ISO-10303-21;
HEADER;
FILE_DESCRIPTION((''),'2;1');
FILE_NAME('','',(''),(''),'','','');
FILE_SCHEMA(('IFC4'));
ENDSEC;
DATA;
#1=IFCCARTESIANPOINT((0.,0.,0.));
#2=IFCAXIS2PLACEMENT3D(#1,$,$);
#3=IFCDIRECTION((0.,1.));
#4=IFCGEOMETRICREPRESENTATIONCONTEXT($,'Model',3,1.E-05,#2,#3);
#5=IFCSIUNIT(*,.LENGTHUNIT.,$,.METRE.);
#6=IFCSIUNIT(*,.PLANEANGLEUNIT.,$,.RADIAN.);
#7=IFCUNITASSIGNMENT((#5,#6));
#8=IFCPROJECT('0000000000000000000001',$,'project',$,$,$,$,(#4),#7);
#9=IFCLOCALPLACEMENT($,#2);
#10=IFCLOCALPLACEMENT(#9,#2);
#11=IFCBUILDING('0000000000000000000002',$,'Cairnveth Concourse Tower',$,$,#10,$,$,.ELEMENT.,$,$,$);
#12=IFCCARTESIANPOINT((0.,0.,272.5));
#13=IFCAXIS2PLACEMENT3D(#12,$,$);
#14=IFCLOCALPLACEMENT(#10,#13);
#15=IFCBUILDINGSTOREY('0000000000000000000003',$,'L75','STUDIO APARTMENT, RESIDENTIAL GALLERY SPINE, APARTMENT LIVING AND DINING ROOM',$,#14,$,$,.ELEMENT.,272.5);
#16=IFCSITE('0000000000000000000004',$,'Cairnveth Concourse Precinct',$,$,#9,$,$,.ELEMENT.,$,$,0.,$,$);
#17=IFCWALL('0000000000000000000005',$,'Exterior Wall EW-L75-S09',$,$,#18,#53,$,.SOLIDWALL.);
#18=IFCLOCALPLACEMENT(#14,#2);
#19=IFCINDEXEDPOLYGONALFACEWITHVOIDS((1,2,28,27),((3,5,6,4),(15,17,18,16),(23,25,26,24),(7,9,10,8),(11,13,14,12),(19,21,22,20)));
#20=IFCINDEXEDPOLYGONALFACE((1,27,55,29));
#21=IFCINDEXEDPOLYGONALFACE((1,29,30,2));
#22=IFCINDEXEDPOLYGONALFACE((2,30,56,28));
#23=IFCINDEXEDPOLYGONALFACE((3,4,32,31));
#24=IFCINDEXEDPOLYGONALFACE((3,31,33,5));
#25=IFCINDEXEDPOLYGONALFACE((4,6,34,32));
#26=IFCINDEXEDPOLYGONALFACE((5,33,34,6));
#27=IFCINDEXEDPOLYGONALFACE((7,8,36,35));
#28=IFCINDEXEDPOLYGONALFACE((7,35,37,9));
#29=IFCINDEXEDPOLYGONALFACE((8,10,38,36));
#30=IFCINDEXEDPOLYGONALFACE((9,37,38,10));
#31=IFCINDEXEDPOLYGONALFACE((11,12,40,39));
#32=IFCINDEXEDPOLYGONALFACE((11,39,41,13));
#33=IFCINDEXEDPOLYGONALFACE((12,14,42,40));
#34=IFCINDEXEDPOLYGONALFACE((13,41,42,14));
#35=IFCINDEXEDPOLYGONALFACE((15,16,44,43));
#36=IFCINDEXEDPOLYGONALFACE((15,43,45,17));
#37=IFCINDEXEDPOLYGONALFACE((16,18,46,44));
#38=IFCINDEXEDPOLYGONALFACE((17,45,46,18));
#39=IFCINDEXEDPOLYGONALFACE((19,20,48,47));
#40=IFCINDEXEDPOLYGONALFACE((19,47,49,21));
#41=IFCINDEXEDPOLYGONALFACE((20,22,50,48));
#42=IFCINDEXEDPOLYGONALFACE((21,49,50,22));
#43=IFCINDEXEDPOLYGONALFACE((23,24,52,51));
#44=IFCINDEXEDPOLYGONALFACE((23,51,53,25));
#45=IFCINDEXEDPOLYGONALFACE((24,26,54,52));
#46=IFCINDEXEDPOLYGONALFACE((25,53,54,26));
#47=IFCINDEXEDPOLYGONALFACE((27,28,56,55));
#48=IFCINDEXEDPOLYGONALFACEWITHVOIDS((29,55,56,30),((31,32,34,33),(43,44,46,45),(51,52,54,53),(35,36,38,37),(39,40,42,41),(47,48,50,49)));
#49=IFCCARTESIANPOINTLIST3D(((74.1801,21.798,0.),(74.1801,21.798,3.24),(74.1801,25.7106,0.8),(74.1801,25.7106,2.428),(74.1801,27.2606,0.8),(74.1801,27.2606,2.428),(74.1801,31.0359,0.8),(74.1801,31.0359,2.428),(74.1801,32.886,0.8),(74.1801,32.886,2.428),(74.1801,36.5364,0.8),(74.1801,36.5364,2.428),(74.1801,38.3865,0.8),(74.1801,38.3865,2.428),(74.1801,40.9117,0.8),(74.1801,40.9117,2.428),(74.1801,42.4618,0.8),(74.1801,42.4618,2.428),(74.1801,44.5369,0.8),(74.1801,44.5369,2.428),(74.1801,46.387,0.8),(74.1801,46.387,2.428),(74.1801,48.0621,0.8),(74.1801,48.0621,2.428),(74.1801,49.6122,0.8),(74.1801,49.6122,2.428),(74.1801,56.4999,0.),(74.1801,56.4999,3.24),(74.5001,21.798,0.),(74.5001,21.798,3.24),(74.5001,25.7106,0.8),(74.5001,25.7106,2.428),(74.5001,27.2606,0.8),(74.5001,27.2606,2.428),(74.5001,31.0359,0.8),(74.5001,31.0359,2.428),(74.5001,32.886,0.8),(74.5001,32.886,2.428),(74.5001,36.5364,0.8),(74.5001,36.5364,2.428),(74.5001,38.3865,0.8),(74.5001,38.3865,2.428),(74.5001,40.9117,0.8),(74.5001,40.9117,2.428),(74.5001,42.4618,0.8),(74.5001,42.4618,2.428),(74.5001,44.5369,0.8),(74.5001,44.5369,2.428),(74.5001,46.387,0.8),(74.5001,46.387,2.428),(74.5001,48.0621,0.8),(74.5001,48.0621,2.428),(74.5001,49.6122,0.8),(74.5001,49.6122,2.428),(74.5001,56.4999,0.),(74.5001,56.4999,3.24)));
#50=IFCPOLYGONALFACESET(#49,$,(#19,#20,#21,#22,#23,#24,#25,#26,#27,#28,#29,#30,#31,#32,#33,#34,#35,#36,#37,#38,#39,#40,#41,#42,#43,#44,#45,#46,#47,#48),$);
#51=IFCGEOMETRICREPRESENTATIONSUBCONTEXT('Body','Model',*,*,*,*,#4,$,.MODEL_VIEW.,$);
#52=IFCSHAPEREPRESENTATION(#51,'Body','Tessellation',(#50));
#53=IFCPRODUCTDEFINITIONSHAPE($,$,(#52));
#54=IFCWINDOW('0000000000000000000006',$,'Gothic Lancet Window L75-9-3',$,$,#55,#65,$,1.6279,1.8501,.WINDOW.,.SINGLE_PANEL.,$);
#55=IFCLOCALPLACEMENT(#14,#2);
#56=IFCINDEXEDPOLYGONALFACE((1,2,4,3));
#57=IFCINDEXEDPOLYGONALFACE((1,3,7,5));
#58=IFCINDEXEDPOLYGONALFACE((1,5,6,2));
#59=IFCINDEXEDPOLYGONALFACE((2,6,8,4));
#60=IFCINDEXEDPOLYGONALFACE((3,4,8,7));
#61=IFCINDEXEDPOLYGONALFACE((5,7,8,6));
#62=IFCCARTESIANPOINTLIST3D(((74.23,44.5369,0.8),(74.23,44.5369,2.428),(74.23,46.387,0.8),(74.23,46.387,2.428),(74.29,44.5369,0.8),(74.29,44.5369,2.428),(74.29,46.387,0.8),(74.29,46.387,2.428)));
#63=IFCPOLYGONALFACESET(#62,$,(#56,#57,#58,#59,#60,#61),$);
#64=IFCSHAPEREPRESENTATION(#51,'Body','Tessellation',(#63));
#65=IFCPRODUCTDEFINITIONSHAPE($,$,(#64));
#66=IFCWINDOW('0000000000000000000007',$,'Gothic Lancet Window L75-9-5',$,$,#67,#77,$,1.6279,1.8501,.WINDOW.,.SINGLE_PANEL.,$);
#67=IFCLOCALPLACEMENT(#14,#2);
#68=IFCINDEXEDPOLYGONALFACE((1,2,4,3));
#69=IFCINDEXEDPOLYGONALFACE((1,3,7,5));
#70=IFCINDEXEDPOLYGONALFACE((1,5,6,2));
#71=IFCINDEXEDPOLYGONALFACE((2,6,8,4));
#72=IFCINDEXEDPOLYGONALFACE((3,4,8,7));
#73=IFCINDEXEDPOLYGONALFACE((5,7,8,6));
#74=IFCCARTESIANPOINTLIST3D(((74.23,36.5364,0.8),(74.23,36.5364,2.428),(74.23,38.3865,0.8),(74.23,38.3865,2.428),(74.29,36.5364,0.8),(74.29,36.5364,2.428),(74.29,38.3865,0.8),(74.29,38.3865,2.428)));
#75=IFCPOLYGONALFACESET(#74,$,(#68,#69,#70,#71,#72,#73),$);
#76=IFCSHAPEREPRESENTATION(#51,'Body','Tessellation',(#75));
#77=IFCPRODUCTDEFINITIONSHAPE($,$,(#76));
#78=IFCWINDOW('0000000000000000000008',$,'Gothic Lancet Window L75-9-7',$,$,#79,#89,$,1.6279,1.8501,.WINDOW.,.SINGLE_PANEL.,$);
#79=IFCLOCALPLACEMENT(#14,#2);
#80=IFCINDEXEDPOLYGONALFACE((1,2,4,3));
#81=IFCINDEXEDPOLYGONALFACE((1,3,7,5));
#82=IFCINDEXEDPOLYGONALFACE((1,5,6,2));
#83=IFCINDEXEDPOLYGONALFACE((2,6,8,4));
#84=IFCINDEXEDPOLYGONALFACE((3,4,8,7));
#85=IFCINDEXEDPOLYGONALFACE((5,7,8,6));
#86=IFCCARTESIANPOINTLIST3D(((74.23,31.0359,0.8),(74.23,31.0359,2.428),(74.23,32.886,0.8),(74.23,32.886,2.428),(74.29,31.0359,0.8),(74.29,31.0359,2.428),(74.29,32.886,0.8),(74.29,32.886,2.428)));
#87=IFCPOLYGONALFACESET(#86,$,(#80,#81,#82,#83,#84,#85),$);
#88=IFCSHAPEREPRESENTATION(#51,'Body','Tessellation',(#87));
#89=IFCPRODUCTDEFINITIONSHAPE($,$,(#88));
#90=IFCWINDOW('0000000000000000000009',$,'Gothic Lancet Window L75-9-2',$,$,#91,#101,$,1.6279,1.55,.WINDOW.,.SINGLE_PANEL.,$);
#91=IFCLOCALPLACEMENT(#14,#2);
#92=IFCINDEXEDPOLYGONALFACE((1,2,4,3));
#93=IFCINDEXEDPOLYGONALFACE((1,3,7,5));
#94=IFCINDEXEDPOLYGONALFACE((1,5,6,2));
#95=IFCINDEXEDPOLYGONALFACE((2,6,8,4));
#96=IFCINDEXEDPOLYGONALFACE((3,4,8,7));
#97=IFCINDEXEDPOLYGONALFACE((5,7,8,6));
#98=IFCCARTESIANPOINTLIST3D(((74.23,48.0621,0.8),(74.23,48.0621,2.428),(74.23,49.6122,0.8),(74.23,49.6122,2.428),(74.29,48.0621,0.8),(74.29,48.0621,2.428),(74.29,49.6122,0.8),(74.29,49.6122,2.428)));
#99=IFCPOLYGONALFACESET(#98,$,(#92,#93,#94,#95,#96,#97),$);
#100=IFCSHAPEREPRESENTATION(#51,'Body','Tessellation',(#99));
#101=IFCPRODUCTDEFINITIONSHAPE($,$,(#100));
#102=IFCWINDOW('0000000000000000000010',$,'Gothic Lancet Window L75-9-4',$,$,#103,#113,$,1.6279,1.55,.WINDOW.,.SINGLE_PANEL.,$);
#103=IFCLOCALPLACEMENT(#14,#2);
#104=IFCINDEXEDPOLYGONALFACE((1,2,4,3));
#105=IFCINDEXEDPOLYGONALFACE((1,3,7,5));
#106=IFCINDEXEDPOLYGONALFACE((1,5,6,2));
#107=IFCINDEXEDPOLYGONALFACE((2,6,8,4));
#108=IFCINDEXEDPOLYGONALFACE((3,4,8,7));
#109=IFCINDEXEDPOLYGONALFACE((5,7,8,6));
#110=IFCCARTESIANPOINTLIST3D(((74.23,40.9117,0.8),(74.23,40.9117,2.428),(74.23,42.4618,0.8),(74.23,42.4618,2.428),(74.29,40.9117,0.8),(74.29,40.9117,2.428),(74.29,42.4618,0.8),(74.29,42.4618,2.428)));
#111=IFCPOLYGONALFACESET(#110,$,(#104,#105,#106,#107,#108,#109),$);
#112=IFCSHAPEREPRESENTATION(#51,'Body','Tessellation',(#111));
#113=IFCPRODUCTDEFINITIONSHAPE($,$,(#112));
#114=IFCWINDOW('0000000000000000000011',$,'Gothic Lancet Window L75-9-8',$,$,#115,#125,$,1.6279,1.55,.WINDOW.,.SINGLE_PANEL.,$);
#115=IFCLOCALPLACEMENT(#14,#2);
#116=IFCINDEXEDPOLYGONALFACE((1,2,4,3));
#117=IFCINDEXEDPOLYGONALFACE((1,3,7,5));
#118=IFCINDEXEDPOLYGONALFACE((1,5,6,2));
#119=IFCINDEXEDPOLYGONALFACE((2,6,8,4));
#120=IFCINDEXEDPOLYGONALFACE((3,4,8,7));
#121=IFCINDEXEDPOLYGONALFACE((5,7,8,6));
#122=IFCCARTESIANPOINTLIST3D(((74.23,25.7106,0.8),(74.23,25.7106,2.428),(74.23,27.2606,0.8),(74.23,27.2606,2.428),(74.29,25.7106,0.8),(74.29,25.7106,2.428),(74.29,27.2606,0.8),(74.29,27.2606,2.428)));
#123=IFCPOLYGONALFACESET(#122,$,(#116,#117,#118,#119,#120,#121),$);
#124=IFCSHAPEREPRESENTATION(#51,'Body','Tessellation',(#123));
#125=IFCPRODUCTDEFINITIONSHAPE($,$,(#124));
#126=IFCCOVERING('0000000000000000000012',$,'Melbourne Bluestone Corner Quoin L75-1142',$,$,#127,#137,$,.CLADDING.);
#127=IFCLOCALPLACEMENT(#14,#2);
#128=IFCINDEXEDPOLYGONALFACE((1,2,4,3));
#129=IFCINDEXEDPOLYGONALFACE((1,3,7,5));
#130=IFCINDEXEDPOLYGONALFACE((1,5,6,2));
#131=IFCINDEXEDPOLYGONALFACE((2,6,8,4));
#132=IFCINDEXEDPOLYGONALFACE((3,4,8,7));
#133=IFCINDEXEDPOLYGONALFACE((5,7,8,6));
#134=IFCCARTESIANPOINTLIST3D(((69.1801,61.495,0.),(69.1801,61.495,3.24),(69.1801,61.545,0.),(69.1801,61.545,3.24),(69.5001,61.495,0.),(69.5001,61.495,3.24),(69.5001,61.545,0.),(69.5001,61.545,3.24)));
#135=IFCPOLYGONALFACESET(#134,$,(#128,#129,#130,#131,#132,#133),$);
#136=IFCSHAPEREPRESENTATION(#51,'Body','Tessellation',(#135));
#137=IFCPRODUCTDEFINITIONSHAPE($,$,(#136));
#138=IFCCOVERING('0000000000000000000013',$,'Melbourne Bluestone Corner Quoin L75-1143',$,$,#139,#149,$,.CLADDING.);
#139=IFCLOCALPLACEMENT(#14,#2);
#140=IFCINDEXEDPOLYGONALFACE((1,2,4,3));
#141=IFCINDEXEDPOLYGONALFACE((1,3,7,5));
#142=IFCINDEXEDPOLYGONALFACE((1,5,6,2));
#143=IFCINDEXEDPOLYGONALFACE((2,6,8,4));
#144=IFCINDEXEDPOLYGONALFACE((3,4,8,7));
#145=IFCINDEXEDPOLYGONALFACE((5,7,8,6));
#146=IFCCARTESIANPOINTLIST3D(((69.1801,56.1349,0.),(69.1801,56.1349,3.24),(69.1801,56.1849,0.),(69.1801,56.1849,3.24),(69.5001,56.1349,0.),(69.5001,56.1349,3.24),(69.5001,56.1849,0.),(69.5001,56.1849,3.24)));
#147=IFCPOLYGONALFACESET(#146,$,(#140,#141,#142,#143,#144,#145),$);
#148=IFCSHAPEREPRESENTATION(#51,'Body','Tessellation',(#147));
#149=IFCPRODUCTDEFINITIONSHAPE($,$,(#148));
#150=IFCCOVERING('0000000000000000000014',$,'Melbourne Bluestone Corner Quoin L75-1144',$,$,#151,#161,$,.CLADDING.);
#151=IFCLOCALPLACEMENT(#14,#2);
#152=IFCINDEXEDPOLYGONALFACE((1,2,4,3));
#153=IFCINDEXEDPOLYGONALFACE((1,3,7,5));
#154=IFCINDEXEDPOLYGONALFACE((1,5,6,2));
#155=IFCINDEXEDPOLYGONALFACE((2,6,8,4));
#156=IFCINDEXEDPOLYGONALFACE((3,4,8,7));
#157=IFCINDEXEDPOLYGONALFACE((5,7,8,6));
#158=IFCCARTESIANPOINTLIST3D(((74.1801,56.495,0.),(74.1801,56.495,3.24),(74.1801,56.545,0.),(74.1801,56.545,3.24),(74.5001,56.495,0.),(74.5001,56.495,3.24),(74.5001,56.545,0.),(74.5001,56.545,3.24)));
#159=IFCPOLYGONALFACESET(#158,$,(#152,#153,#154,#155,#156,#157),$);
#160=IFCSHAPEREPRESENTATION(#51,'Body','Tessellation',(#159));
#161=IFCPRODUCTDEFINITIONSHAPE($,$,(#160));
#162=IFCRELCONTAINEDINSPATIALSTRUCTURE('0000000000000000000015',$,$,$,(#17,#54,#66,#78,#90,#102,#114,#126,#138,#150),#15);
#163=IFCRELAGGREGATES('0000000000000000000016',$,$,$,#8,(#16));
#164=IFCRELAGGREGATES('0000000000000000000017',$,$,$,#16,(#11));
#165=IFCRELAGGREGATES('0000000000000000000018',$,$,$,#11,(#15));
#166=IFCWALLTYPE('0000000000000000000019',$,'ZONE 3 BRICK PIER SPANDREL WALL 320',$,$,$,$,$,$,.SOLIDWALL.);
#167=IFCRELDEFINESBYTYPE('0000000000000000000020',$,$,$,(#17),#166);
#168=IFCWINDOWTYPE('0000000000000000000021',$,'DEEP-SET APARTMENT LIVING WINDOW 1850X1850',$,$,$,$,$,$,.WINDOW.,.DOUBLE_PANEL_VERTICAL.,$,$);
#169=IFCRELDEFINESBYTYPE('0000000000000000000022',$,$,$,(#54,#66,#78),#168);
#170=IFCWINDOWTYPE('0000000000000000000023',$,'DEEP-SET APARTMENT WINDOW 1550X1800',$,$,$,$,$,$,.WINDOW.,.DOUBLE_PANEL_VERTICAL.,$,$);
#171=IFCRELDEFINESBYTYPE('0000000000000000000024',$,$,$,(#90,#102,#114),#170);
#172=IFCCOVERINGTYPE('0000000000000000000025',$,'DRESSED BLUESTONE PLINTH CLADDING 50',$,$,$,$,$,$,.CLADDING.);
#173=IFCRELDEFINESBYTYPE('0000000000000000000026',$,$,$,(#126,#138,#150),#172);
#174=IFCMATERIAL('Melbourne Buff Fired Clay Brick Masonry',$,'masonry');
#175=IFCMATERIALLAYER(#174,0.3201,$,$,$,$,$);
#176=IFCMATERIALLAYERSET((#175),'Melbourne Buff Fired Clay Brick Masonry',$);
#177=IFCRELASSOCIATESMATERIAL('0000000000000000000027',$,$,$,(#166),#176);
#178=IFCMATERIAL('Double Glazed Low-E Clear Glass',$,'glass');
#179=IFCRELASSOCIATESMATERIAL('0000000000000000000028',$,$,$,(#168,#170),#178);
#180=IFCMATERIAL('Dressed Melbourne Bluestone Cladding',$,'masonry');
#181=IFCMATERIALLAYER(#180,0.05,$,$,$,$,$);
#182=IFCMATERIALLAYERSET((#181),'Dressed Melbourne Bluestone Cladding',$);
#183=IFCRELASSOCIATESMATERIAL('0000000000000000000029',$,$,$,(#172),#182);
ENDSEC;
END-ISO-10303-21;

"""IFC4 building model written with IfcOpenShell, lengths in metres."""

from ifc_helpers import new_model, si_unit, direction, frame, frame_2d, origin, place, context, subcontext, project, spatial, rectangle, extrude, material, layer, layer_set, type_object, element, fill, save


model = new_model("IFC4")

# Units and contexts
model_context = context("Model", 3, precision=1e-05, world=origin(), true_north=direction((0.0, 1.0)))
body_context = subcontext(model_context, "Body", "Model", "MODEL_VIEW")
ifc_project = project(units=[si_unit("LENGTHUNIT", "METRE"), si_unit("PLANEANGLEUNIT", "RADIAN")], contexts=[model_context])

# Site, building, storey
site_placement = place(None, origin())
site = spatial("IfcSite", under=ifc_project, at=site_placement, Name="Cairnveth Concourse Precinct", CompositionType="ELEMENT", RefElevation=0.0)
building_placement = place(site_placement, origin())
building = spatial("IfcBuilding", under=site, at=building_placement, Name="Cairnveth Concourse Tower", CompositionType="ELEMENT")
storey_placement = place(building_placement, frame((0.0, 0.0, 272.5)))
storey = spatial("IfcBuildingStorey", under=building, at=storey_placement, Name="L75", Description="STUDIO APARTMENT, RESIDENTIAL GALLERY SPINE, APARTMENT LIVING AND DINING ROOM", CompositionType="ELEMENT", Elevation=272.5)

# Shared definitions
ifc_material_1 = material(Name="Melbourne Buff Fired Clay Brick Masonry", Category="masonry")
ifc_layer_1 = layer(ifc_material_1, 0.3201)
ifc_layer_set_1 = layer_set([ifc_layer_1], Name="Melbourne Buff Fired Clay Brick Masonry")
wall_type = type_object("IfcWallType", Name="ZONE 3 BRICK PIER SPANDREL WALL 320", PredefinedType="SOLIDWALL", material=ifc_layer_set_1)
ifc_material_2 = material(Name="Double Glazed Low-E Clear Glass", Category="glass")

# Wall, openings, windows
wall_1_placement = place(storey_placement, frame((74.3401, 56.5, 0.0), z_axis=(0.0, 0.0, 1.0), x_axis=(0.0, -1.0, 0.0)))
wall_1 = element("IfcWall", 1, at=wall_1_placement, inside=storey, type_object=wall_type, Name="Exterior Wall EW-L75-S09", PredefinedType="SOLIDWALL", context=body_context, shape_type="SweptSolid", body=[
    extrude(rectangle(XDim=34.7019, YDim=0.3201, at=frame_2d((17.3511, 0.0))), origin(), (0.0, 0.0, 1.0), 3.24),
])
opening_1_placement = place(wall_1_placement, frame((6.8879, 0.0, 0.8)))
opening_1 = element("IfcOpeningElement", 2, at=opening_1_placement, cuts=wall_1, PredefinedType="OPENING", context=body_context, shape_type="SweptSolid", body=[
    extrude(rectangle(XDim=1.55, YDim=1.6279, at=frame_2d((0.7749, 0.814))), frame((0.0, 0.1699, 0.0), z_axis=(0.0, -1.0, 0.0), x_axis=(1.0, 0.0, 0.0)), (0.0, 0.0, 1.0), 0.3401),
])
opening_2_placement = place(wall_1_placement, frame((10.113, 0.0, 0.8)))
opening_2 = element("IfcOpeningElement", 3, at=opening_2_placement, cuts=wall_1, PredefinedType="OPENING", context=body_context, shape_type="SweptSolid", body=[
    extrude(rectangle(XDim=1.8501, YDim=1.6279, at=frame_2d((0.925, 0.814))), frame((0.0, 0.1699, 0.0), z_axis=(0.0, -1.0, 0.0), x_axis=(1.0, 0.0, 0.0)), (0.0, 0.0, 1.0), 0.3401),
])
opening_3_placement = place(wall_1_placement, frame((14.0383, 0.0, 0.8)))
opening_3 = element("IfcOpeningElement", 4, at=opening_3_placement, cuts=wall_1, PredefinedType="OPENING", context=body_context, shape_type="SweptSolid", body=[
    extrude(rectangle(XDim=1.55, YDim=1.6279, at=frame_2d((0.7749, 0.814))), frame((0.0, 0.1699, 0.0), z_axis=(0.0, -1.0, 0.0), x_axis=(1.0, 0.0, 0.0)), (0.0, 0.0, 1.0), 0.3401),
])
opening_4_placement = place(wall_1_placement, frame((18.1135, 0.0, 0.8)))
opening_4 = element("IfcOpeningElement", 5, at=opening_4_placement, cuts=wall_1, PredefinedType="OPENING", context=body_context, shape_type="SweptSolid", body=[
    extrude(rectangle(XDim=1.8501, YDim=1.6279, at=frame_2d((0.925, 0.814))), frame((0.0, 0.1699, 0.0), z_axis=(0.0, -1.0, 0.0), x_axis=(1.0, 0.0, 0.0)), (0.0, 0.0, 1.0), 0.3401),
])
opening_5_placement = place(wall_1_placement, frame((23.614, 0.0, 0.8)))
opening_5 = element("IfcOpeningElement", 6, at=opening_5_placement, cuts=wall_1, PredefinedType="OPENING", context=body_context, shape_type="SweptSolid", body=[
    extrude(rectangle(XDim=1.8501, YDim=1.6279, at=frame_2d((0.925, 0.814))), frame((0.0, 0.1699, 0.0), z_axis=(0.0, -1.0, 0.0), x_axis=(1.0, 0.0, 0.0)), (0.0, 0.0, 1.0), 0.3401),
])
opening_6_placement = place(wall_1_placement, frame((29.2395, 0.0, 0.8)))
opening_6 = element("IfcOpeningElement", 7, at=opening_6_placement, cuts=wall_1, PredefinedType="OPENING", context=body_context, shape_type="SweptSolid", body=[
    extrude(rectangle(XDim=1.55, YDim=1.6279, at=frame_2d((0.7749, 0.814))), frame((0.0, 0.1699, 0.0), z_axis=(0.0, -1.0, 0.0), x_axis=(1.0, 0.0, 0.0)), (0.0, 0.0, 1.0), 0.3401),
])
window_type_1 = type_object("IfcWindowType", Name="DEEP-SET APARTMENT LIVING WINDOW 1850X1850", PartitioningType="DOUBLE_PANEL_VERTICAL", PredefinedType="WINDOW", material=ifc_material_2)
window_1_placement = place(opening_2_placement, origin())
window_1 = element("IfcWindow", 8, at=window_1_placement, inside=storey, type_object=window_type_1, Name="Gothic Lancet Window L75-9-3", OverallHeight=1.6279, OverallWidth=1.8501, PartitioningType="SINGLE_PANEL", PredefinedType="WINDOW", context=body_context, shape_type="SweptSolid", body=[
    extrude(rectangle(XDim=1.8501, YDim=1.6279, at=frame_2d((0.925, 0.814))), frame((0.0, -0.05, 0.0), z_axis=(0.0, -1.0, 0.0), x_axis=(1.0, 0.0, 0.0)), (0.0, 0.0, 1.0), 0.0601),
])
fill(opening_2, window_1)
window_2_placement = place(opening_4_placement, origin())
window_2 = element("IfcWindow", 9, at=window_2_placement, inside=storey, type_object=window_type_1, Name="Gothic Lancet Window L75-9-5", OverallHeight=1.6279, OverallWidth=1.8501, PartitioningType="SINGLE_PANEL", PredefinedType="WINDOW", context=body_context, shape_type="SweptSolid", body=[
    extrude(rectangle(XDim=1.8501, YDim=1.6279, at=frame_2d((0.925, 0.814))), frame((0.0, -0.05, 0.0), z_axis=(0.0, -1.0, 0.0), x_axis=(1.0, 0.0, 0.0)), (0.0, 0.0, 1.0), 0.0601),
])
fill(opening_4, window_2)
window_3_placement = place(opening_5_placement, origin())
window_3 = element("IfcWindow", 10, at=window_3_placement, inside=storey, type_object=window_type_1, Name="Gothic Lancet Window L75-9-7", OverallHeight=1.6279, OverallWidth=1.8501, PartitioningType="SINGLE_PANEL", PredefinedType="WINDOW", context=body_context, shape_type="SweptSolid", body=[
    extrude(rectangle(XDim=1.8501, YDim=1.6279, at=frame_2d((0.925, 0.814))), frame((0.0, -0.05, 0.0), z_axis=(0.0, -1.0, 0.0), x_axis=(1.0, 0.0, 0.0)), (0.0, 0.0, 1.0), 0.0601),
])
fill(opening_5, window_3)
window_type_2 = type_object("IfcWindowType", Name="DEEP-SET APARTMENT WINDOW 1550X1800", PartitioningType="DOUBLE_PANEL_VERTICAL", PredefinedType="WINDOW", material=ifc_material_2)
window_4_placement = place(opening_1_placement, origin())
window_4 = element("IfcWindow", 11, at=window_4_placement, inside=storey, type_object=window_type_2, Name="Gothic Lancet Window L75-9-2", OverallHeight=1.6279, OverallWidth=1.55, PartitioningType="SINGLE_PANEL", PredefinedType="WINDOW", context=body_context, shape_type="SweptSolid", body=[
    extrude(rectangle(XDim=1.55, YDim=1.6279, at=frame_2d((0.7749, 0.814))), frame((0.0, -0.05, 0.0), z_axis=(0.0, -1.0, 0.0), x_axis=(1.0, 0.0, 0.0)), (0.0, 0.0, 1.0), 0.0601),
])
fill(opening_1, window_4)
window_5_placement = place(opening_3_placement, origin())
window_5 = element("IfcWindow", 12, at=window_5_placement, inside=storey, type_object=window_type_2, Name="Gothic Lancet Window L75-9-4", OverallHeight=1.6279, OverallWidth=1.55, PartitioningType="SINGLE_PANEL", PredefinedType="WINDOW", context=body_context, shape_type="SweptSolid", body=[
    extrude(rectangle(XDim=1.55, YDim=1.6279, at=frame_2d((0.7749, 0.814))), frame((0.0, -0.05, 0.0), z_axis=(0.0, -1.0, 0.0), x_axis=(1.0, 0.0, 0.0)), (0.0, 0.0, 1.0), 0.0601),
])
fill(opening_3, window_5)
window_6_placement = place(opening_6_placement, origin())
window_6 = element("IfcWindow", 13, at=window_6_placement, inside=storey, type_object=window_type_2, Name="Gothic Lancet Window L75-9-8", OverallHeight=1.6279, OverallWidth=1.55, PartitioningType="SINGLE_PANEL", PredefinedType="WINDOW", context=body_context, shape_type="SweptSolid", body=[
    extrude(rectangle(XDim=1.55, YDim=1.6279, at=frame_2d((0.7749, 0.814))), frame((0.0, -0.05, 0.0), z_axis=(0.0, -1.0, 0.0), x_axis=(1.0, 0.0, 0.0)), (0.0, 0.0, 1.0), 0.0601),
])
fill(opening_6, window_6)

# Coverings
ifc_material_3 = material(Name="Dressed Melbourne Bluestone Cladding", Category="masonry")
ifc_layer_2 = layer(ifc_material_3, 0.05)
ifc_layer_set_2 = layer_set([ifc_layer_2], Name="Dressed Melbourne Bluestone Cladding")
covering_type = type_object("IfcCoveringType", Name="DRESSED BLUESTONE PLINTH CLADDING 50", PredefinedType="CLADDING", material=ifc_layer_set_2)
for number, where, z_axis, x_axis, name in (
    (14, (69.1799, 61.52, 0.0), (0.0, 0.0, 1.0), (1.0, 0.0, 0.0), "Melbourne Bluestone Corner Quoin L75-1142"),
    (15, (69.1799, 56.1599, 0.0), (0.0, 0.0, 1.0), (1.0, 0.0, 0.0), "Melbourne Bluestone Corner Quoin L75-1143"),
    (16, (74.1799, 56.52, 0.0), (0.0, 0.0, 1.0), (1.0, 0.0, 0.0), "Melbourne Bluestone Corner Quoin L75-1144"),
):
    element("IfcCovering", number, at=place(storey_placement, frame(where, z_axis=z_axis, x_axis=x_axis)), inside=storey, type_object=covering_type, Name=name, PredefinedType="CLADDING", context=body_context, shape_type="SweptSolid", body=[
        extrude(rectangle(XDim=0.3201, YDim=0.05, at=frame_2d((0.1602, 0.0))), origin(), (0.0, 0.0, 1.0), 3.24),
    ])

save(model, "model.ifc")
